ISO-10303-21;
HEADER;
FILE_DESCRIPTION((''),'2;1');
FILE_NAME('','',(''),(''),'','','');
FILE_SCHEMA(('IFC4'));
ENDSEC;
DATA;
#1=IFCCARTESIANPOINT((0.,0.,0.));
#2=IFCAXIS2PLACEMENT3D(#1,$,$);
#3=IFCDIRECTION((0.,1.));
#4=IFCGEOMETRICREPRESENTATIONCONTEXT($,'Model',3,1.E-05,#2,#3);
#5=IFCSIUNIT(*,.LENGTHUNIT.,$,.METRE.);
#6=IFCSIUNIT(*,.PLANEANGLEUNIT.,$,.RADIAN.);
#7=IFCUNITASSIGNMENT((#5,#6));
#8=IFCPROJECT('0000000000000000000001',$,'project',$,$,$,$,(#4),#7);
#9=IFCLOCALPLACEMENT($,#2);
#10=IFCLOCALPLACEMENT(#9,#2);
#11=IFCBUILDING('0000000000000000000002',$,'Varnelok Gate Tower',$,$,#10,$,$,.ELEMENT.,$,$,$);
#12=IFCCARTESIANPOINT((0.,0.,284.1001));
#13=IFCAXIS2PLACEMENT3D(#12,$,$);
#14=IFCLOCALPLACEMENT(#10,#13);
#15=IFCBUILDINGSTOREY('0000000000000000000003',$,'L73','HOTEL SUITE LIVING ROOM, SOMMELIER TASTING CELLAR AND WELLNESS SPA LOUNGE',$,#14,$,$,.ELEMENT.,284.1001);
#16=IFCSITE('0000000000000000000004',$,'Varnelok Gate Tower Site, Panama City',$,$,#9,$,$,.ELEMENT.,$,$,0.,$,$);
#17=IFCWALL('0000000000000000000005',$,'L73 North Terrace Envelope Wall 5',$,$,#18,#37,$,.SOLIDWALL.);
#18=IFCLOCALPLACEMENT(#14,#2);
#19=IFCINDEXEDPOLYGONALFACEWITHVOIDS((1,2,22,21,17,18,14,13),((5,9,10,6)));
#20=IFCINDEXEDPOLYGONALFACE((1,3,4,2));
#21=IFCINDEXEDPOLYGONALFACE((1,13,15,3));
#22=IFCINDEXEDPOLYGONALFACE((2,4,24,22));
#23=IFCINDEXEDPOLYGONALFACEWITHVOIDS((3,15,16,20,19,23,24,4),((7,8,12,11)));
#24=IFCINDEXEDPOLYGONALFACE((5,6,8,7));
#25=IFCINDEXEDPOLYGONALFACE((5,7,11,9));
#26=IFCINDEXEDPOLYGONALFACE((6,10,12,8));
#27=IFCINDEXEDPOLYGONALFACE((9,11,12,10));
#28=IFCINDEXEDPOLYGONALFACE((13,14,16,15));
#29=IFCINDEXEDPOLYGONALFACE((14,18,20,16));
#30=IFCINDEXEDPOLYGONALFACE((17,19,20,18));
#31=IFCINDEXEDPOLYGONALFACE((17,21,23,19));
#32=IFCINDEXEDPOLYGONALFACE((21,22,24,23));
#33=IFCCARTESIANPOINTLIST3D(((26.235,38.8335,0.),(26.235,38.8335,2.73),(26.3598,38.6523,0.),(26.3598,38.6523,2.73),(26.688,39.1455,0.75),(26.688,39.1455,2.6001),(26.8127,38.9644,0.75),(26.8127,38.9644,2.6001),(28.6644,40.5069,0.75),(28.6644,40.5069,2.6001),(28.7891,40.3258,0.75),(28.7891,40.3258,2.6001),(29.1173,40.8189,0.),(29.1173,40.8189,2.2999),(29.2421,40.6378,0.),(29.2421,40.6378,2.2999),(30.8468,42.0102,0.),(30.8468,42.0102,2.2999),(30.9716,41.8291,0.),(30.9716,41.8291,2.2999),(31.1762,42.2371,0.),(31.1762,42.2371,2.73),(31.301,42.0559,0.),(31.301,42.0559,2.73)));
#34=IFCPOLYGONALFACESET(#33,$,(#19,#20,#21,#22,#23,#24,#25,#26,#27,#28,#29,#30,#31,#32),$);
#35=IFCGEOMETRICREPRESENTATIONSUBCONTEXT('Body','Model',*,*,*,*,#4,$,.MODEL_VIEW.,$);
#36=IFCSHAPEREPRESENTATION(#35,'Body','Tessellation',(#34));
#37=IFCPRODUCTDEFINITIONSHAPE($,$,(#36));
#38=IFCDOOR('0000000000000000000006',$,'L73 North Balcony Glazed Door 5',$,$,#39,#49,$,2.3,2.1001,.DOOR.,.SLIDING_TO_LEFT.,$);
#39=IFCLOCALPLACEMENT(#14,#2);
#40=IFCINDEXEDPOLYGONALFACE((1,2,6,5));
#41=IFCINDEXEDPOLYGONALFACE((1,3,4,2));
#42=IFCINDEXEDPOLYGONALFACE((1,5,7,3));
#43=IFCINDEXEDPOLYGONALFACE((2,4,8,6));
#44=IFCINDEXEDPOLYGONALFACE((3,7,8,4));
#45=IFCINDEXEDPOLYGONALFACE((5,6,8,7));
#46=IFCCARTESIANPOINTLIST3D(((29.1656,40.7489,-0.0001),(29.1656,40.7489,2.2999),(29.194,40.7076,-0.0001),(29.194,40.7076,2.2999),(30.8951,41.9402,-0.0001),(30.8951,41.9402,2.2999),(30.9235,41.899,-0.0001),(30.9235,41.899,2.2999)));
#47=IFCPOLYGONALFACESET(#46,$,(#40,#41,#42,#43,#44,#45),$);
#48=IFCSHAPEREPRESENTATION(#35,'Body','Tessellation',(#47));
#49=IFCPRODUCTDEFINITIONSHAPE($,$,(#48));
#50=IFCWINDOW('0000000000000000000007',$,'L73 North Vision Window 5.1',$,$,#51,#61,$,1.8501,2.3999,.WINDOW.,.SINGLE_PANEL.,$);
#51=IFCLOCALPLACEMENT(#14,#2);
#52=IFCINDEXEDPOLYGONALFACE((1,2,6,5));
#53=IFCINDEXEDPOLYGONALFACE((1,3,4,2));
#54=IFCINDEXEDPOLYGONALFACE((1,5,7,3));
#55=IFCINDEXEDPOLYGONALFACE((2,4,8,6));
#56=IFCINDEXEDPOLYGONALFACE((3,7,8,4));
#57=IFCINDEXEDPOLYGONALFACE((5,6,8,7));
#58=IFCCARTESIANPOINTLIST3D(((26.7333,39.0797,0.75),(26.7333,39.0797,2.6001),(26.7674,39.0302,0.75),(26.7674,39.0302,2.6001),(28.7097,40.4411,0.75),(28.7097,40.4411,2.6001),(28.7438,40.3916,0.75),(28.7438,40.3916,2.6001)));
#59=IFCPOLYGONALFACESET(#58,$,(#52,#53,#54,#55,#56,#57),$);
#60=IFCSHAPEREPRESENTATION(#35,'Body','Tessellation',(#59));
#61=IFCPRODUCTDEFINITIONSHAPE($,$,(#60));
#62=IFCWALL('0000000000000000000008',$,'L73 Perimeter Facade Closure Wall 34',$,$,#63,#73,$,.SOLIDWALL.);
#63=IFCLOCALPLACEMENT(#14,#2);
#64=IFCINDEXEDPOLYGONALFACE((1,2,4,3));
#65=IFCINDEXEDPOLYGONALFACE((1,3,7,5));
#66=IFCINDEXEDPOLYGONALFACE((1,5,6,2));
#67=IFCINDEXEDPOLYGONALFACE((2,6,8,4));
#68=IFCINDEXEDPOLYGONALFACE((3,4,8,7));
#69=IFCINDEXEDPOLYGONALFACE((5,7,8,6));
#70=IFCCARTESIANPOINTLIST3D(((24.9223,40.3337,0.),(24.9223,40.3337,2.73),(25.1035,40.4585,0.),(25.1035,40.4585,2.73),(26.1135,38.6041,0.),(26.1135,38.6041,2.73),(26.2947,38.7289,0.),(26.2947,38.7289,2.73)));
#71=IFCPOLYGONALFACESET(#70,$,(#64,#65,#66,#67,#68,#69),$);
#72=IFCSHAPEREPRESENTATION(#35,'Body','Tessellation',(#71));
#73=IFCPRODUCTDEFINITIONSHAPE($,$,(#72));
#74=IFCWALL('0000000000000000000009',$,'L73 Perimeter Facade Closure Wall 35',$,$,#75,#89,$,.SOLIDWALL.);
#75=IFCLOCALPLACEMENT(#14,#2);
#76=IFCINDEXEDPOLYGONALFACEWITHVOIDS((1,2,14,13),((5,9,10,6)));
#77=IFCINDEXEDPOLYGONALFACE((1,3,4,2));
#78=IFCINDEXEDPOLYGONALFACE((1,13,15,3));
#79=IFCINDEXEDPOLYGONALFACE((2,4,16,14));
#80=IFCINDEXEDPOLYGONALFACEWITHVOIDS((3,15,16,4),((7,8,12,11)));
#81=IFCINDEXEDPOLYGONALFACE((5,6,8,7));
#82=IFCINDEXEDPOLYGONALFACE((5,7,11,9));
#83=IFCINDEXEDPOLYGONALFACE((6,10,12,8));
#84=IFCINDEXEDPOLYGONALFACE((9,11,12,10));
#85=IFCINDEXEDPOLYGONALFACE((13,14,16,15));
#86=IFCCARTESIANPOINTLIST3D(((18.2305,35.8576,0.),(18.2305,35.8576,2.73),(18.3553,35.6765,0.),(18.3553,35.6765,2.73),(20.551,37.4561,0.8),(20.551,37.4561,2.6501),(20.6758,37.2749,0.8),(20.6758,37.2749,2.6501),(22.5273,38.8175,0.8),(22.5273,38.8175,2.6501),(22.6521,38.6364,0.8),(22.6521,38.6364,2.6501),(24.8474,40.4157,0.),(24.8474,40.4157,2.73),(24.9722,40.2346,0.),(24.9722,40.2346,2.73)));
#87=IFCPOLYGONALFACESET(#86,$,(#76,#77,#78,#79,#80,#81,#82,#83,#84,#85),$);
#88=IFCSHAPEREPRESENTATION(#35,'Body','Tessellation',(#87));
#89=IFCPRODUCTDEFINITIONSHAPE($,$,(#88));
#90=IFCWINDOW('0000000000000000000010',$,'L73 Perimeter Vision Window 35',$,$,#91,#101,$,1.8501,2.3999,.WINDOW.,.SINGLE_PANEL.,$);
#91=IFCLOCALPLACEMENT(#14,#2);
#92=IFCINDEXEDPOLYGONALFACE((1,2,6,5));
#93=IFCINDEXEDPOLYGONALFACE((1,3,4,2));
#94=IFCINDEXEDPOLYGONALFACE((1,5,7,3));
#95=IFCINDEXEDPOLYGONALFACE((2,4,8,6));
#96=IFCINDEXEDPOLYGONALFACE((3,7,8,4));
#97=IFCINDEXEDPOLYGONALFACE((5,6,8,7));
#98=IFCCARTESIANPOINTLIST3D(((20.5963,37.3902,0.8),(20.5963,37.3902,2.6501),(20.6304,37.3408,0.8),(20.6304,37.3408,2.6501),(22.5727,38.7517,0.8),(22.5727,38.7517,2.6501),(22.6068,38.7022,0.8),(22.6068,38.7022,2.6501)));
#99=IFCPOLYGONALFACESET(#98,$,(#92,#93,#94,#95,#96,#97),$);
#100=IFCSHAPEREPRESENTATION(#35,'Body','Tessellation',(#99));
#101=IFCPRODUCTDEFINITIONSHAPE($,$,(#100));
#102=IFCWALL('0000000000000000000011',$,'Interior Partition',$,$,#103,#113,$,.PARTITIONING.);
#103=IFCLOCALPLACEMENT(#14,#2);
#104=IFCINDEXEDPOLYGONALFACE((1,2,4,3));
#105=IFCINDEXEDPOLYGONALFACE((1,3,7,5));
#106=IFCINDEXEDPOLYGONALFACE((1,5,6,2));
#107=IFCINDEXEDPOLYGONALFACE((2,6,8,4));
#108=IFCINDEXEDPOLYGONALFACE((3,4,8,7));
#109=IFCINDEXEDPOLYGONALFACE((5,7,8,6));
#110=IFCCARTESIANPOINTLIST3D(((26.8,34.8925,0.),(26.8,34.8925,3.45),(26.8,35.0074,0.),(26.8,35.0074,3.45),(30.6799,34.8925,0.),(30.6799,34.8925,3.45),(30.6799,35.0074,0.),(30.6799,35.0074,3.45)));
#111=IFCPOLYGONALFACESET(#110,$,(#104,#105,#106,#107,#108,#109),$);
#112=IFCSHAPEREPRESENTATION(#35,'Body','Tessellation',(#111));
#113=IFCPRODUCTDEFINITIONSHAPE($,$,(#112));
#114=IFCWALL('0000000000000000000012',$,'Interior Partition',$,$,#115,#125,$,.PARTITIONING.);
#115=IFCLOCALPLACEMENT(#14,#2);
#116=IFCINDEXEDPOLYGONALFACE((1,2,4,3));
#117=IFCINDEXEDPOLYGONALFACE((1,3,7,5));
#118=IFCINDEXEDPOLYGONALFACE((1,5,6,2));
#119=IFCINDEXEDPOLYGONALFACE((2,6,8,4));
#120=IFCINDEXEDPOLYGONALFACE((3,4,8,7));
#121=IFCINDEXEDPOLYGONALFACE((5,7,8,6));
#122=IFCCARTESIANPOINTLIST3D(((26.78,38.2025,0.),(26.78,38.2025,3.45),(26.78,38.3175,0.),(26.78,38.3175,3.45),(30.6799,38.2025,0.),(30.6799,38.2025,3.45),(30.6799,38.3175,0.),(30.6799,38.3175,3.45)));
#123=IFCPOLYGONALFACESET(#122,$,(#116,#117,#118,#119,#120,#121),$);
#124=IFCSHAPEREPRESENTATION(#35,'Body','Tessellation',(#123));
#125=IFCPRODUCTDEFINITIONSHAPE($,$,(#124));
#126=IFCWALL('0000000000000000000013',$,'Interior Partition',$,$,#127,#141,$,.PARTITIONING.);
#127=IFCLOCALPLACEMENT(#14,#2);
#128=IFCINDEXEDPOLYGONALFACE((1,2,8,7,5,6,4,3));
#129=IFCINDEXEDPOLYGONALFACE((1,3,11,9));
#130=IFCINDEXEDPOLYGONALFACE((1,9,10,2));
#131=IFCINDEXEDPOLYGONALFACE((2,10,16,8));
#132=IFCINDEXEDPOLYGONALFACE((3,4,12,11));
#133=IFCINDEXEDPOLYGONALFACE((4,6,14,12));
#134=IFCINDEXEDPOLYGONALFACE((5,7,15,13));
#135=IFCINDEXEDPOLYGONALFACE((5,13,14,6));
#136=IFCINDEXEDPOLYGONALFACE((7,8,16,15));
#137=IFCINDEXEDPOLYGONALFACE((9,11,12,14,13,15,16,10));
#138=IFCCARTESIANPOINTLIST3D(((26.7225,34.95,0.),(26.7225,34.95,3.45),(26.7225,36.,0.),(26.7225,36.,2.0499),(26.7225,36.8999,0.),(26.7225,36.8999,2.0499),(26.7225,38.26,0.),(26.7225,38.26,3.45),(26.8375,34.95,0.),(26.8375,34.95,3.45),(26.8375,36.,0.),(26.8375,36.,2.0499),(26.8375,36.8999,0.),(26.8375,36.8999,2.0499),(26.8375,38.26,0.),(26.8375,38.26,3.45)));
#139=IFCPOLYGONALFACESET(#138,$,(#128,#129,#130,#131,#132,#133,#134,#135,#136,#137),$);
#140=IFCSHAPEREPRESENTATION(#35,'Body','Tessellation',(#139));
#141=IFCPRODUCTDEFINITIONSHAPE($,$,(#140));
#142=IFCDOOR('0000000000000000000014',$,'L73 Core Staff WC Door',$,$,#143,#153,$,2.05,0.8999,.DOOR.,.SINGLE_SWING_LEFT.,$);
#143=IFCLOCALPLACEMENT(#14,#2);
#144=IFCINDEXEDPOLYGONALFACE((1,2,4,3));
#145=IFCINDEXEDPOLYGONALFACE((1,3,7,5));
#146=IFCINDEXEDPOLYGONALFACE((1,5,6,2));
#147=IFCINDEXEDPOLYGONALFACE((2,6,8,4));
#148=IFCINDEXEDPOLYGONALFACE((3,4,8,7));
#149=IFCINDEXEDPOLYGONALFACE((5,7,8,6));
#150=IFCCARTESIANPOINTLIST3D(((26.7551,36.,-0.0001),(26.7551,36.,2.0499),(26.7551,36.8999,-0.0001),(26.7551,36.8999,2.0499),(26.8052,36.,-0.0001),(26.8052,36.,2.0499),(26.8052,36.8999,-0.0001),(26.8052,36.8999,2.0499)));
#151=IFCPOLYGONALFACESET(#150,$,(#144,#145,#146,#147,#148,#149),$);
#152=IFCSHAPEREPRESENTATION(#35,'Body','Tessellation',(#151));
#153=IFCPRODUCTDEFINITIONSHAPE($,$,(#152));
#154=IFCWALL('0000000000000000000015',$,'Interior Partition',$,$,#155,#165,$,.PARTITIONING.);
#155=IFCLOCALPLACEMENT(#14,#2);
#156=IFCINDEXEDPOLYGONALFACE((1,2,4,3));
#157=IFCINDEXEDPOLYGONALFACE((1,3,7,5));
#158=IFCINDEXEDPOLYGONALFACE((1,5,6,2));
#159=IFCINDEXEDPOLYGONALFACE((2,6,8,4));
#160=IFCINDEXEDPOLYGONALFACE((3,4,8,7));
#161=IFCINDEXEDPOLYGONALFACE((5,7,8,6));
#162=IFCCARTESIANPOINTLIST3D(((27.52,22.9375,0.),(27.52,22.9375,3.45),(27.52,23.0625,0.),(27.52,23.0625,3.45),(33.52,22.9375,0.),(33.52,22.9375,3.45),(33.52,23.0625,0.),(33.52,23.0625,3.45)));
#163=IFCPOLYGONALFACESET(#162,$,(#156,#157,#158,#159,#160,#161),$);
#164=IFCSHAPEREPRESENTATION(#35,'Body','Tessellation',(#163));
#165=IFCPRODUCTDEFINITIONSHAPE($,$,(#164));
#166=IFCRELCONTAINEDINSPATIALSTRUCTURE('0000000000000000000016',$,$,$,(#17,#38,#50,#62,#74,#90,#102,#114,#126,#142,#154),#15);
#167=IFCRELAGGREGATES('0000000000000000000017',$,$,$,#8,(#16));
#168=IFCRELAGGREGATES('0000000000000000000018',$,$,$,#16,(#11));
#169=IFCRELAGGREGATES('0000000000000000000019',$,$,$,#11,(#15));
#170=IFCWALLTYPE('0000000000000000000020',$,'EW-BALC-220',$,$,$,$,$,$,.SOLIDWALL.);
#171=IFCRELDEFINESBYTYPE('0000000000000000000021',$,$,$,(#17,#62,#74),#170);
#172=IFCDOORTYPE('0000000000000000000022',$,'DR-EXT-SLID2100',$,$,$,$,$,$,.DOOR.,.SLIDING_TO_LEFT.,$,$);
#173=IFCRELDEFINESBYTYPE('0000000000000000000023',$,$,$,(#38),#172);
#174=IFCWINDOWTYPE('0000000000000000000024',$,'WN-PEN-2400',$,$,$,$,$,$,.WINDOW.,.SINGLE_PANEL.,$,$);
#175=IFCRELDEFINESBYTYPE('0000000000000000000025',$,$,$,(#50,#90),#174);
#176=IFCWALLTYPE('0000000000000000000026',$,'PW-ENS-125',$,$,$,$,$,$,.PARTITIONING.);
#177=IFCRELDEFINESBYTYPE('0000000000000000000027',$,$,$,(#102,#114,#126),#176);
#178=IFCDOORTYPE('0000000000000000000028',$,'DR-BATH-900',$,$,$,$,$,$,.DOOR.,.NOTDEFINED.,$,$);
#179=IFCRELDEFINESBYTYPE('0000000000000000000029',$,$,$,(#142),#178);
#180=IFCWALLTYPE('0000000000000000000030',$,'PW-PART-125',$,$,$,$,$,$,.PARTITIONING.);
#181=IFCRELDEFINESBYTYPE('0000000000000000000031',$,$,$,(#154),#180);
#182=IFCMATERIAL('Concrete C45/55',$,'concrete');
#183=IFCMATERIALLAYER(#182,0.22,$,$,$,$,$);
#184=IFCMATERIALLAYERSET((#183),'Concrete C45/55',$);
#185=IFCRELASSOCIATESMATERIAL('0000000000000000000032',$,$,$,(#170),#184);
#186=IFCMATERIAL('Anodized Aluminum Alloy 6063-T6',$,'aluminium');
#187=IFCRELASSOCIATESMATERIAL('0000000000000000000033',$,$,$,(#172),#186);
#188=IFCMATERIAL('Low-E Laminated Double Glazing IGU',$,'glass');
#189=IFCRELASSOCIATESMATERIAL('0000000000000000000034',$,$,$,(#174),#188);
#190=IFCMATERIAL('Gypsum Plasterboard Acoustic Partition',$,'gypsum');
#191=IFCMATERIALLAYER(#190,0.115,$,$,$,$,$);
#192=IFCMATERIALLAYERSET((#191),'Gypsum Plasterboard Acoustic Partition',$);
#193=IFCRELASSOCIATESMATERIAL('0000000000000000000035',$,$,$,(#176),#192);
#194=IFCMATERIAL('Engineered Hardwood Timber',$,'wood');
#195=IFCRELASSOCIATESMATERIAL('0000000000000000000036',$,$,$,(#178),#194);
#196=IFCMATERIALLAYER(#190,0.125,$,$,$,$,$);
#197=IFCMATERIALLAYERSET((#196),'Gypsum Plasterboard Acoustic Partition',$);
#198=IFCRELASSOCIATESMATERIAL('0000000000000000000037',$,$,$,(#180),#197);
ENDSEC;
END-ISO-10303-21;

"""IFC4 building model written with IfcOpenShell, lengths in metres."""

from ifc_helpers import new_model, si_unit, direction, frame, frame_2d, origin, place, context, subcontext, project, spatial, rectangle, extrude, material, layer, layer_set, type_object, element, fill, save


model = new_model("IFC4")

# Units and contexts
model_context = context("Model", 3, precision=1e-05, world=origin(), true_north=direction((0.0, 1.0)))
body_context = subcontext(model_context, "Body", "Model", "MODEL_VIEW")
ifc_project = project(units=[si_unit("LENGTHUNIT", "METRE"), si_unit("PLANEANGLEUNIT", "RADIAN")], contexts=[model_context])

# Site, building, storey
site_placement = place(None, origin())
site = spatial("IfcSite", under=ifc_project, at=site_placement, Name="Varnelok Gate Tower Site, Panama City", CompositionType="ELEMENT", RefElevation=0.0)
building_placement = place(site_placement, origin())
building = spatial("IfcBuilding", under=site, at=building_placement, Name="Varnelok Gate Tower", CompositionType="ELEMENT")
storey_placement = place(building_placement, frame((0.0, 0.0, 284.1001)))
storey = spatial("IfcBuildingStorey", under=building, at=storey_placement, Name="L73", Description="HOTEL SUITE LIVING ROOM, SOMMELIER TASTING CELLAR AND WELLNESS SPA LOUNGE", CompositionType="ELEMENT", Elevation=284.1001)

# Wall, openings, door, window
ifc_material_1 = material(Name="Concrete C45/55", Category="concrete")
ifc_layer_1 = layer(ifc_material_1, 0.22)
ifc_layer_set_1 = layer_set([ifc_layer_1], Name="Concrete C45/55")
wall_type_1 = type_object("IfcWallType", Name="EW-BALC-220", PredefinedType="SOLIDWALL", material=ifc_layer_set_1)
wall_1_placement = place(storey_placement, frame((26.2974, 38.7429, 0.0), z_axis=(0.0, 0.0, 1.0), x_axis=(0.823535, 0.567266, 0.0)))
wall_1 = element("IfcWall", 1, at=wall_1_placement, inside=storey, type_object=wall_type_1, Name="L73 North Terrace Envelope Wall 5", PredefinedType="SOLIDWALL", context=body_context, shape_type="SweptSolid", body=[
    extrude(rectangle(XDim=6.0, YDim=0.22, at=frame_2d((3.0, 0.0))), origin(), (0.0, 0.0, 1.0), 2.73),
])
opening_1_placement = place(wall_1_placement, frame((3.5, 0.0, 0.0)))
opening_1 = element("IfcOpeningElement", 2, at=opening_1_placement, cuts=wall_1, PredefinedType="OPENING", context=body_context, shape_type="SweptSolid", body=[
    extrude(rectangle(XDim=2.1001, YDim=2.3, at=frame_2d((1.05, 1.1499))), frame((0.0, 0.1199, 0.0), z_axis=(0.0, -1.0, 0.0), x_axis=(1.0, 0.0, 0.0)), (0.0, 0.0, 1.0), 0.24),
])
opening_2_placement = place(wall_1_placement, frame((0.55, 0.0, 0.75)))
opening_2 = element("IfcOpeningElement", 3, at=opening_2_placement, cuts=wall_1, PredefinedType="OPENING", context=body_context, shape_type="SweptSolid", body=[
    extrude(rectangle(XDim=2.3999, YDim=1.8501, at=frame_2d((1.2, 0.925))), frame((0.0, 0.1199, 0.0), z_axis=(0.0, -1.0, 0.0), x_axis=(1.0, 0.0, 0.0)), (0.0, 0.0, 1.0), 0.24),
])
ifc_material_2 = material(Name="Anodized Aluminum Alloy 6063-T6", Category="aluminium")
door_type_1 = type_object("IfcDoorType", Name="DR-EXT-SLID2100", OperationType="SLIDING_TO_LEFT", PredefinedType="DOOR", material=ifc_material_2)
door_1_placement = place(opening_1_placement, origin())
door_1 = element("IfcDoor", 4, at=door_1_placement, inside=storey, type_object=door_type_1, Name="L73 North Balcony Glazed Door 5", OperationType="SLIDING_TO_LEFT", OverallHeight=2.3, OverallWidth=2.1001, PredefinedType="DOOR", context=body_context, shape_type="SweptSolid", body=[
    extrude(rectangle(XDim=2.1001, YDim=2.3, at=frame_2d((1.05, 1.1499))), frame((0.0, 0.0249, 0.0), z_axis=(0.0, -1.0, 0.0), x_axis=(1.0, 0.0, 0.0)), (0.0, 0.0, 1.0), 0.05),
])
fill(opening_1, door_1)
ifc_material_3 = material(Name="Low-E Laminated Double Glazing IGU", Category="glass")
window_type = type_object("IfcWindowType", Name="WN-PEN-2400", PartitioningType="SINGLE_PANEL", PredefinedType="WINDOW", material=ifc_material_3)
window_1_placement = place(opening_2_placement, origin())
window_1 = element("IfcWindow", 5, at=window_1_placement, inside=storey, type_object=window_type, Name="L73 North Vision Window 5.1", OverallHeight=1.8501, OverallWidth=2.3999, PartitioningType="SINGLE_PANEL", PredefinedType="WINDOW", context=body_context, shape_type="SweptSolid", body=[
    extrude(rectangle(XDim=2.3999, YDim=1.8501, at=frame_2d((1.2, 0.925))), frame((0.0, 0.03, 0.0), z_axis=(0.0, -1.0, 0.0), x_axis=(1.0, 0.0, 0.0)), (0.0, 0.0, 1.0), 0.0601),
])
fill(opening_2, window_1)

# Wall
wall_2_placement = place(storey_placement, frame((26.2041, 38.6665, 0.0), z_axis=(0.0, 0.0, 1.0), x_axis=(-0.567219, 0.823567, 0.0)))
element("IfcWall", 6, at=wall_2_placement, inside=storey, type_object=wall_type_1, Name="L73 Perimeter Facade Closure Wall 34", PredefinedType="SOLIDWALL", context=body_context, shape_type="SweptSolid", body=[
    extrude(rectangle(XDim=2.1001, YDim=0.22, at=frame_2d((1.05, 0.0))), origin(), (0.0, 0.0, 1.0), 2.73),
])

# Wall, opening, window
wall_3_placement = place(storey_placement, frame((24.9099, 40.3252, 0.0), z_axis=(0.0, 0.0, 1.0), x_axis=(-0.823521, -0.567286, 0.0)))
wall_3 = element("IfcWall", 7, at=wall_3_placement, inside=storey, type_object=wall_type_1, Name="L73 Perimeter Facade Closure Wall 35", PredefinedType="SOLIDWALL", context=body_context, shape_type="SweptSolid", body=[
    extrude(rectangle(XDim=8.0349, YDim=0.22, at=frame_2d((4.0176, 0.0))), origin(), (0.0, 0.0, 1.0), 2.73),
])
opening_3_placement = place(wall_3_placement, frame((2.8174, 0.0, 0.8)))
opening_3 = element("IfcOpeningElement", 8, at=opening_3_placement, cuts=wall_3, PredefinedType="OPENING", context=body_context, shape_type="SweptSolid", body=[
    extrude(rectangle(XDim=2.3999, YDim=1.8501, at=frame_2d((1.2, 0.925))), frame((0.0, 0.1199, 0.0), z_axis=(0.0, -1.0, 0.0), x_axis=(1.0, 0.0, 0.0)), (0.0, 0.0, 1.0), 0.24),
])
window_2_placement = place(opening_3_placement, origin())
window_2 = element("IfcWindow", 9, at=window_2_placement, inside=storey, type_object=window_type, Name="L73 Perimeter Vision Window 35", OverallHeight=1.8501, OverallWidth=2.3999, PartitioningType="SINGLE_PANEL", PredefinedType="WINDOW", context=body_context, shape_type="SweptSolid", body=[
    extrude(rectangle(XDim=2.3999, YDim=1.8501, at=frame_2d((1.2, 0.925))), frame((0.0, 0.03, 0.0), z_axis=(0.0, -1.0, 0.0), x_axis=(1.0, 0.0, 0.0)), (0.0, 0.0, 1.0), 0.0601),
])
fill(opening_3, window_2)

# Walls
ifc_material_4 = material(Name="Gypsum Plasterboard Acoustic Partition", Category="gypsum")
ifc_layer_2 = layer(ifc_material_4, 0.115)
ifc_layer_set_2 = layer_set([ifc_layer_2], Name="Gypsum Plasterboard Acoustic Partition")
wall_type_2 = type_object("IfcWallType", Name="PW-ENS-125", PredefinedType="PARTITIONING", material=ifc_layer_set_2)
wall_4_placement = place(storey_placement, frame((26.8, 34.95, 0.0), z_axis=(0.0, 0.0, 1.0), x_axis=(1.0, 0.0, 0.0)))
element("IfcWall", 10, at=wall_4_placement, inside=storey, type_object=wall_type_2, Name="Interior Partition", PredefinedType="PARTITIONING", context=body_context, shape_type="SweptSolid", body=[
    extrude(rectangle(XDim=3.8799, YDim=0.115, at=frame_2d((1.9399, 0.0))), origin(), (0.0, 0.0, 1.0), 3.45),
])
wall_5_placement = place(storey_placement, frame((26.78, 38.26, 0.0), z_axis=(0.0, 0.0, 1.0), x_axis=(1.0, 0.0, 0.0)))
element("IfcWall", 11, at=wall_5_placement, inside=storey, type_object=wall_type_2, Name="Interior Partition", PredefinedType="PARTITIONING", context=body_context, shape_type="SweptSolid", body=[
    extrude(rectangle(XDim=3.8999, YDim=0.115, at=frame_2d((1.95, 0.0))), origin(), (0.0, 0.0, 1.0), 3.45),
])

# Wall, opening, door
wall_6_placement = place(storey_placement, frame((26.78, 34.95, 0.0), z_axis=(0.0, 0.0, 1.0), x_axis=(0.0, 1.0, 0.0)))
wall_6 = element("IfcWall", 12, at=wall_6_placement, inside=storey, type_object=wall_type_2, Name="Interior Partition", PredefinedType="PARTITIONING", context=body_context, shape_type="SweptSolid", body=[
    extrude(rectangle(XDim=3.3101, YDim=0.115, at=frame_2d((1.655, 0.0))), origin(), (0.0, 0.0, 1.0), 3.45),
])
opening_4_placement = place(wall_6_placement, frame((1.05, 0.0, 0.0)))
opening_4 = element("IfcOpeningElement", 13, at=opening_4_placement, cuts=wall_6, PredefinedType="OPENING", context=body_context, shape_type="SweptSolid", body=[
    extrude(rectangle(XDim=0.8999, YDim=2.05, at=frame_2d((0.45, 1.0249))), frame((0.0, 0.0674, 0.0), z_axis=(0.0, -1.0, 0.0), x_axis=(1.0, 0.0, 0.0)), (0.0, 0.0, 1.0), 0.135),
])
ifc_material_5 = material(Name="Engineered Hardwood Timber", Category="wood")
door_type_2 = type_object("IfcDoorType", Name="DR-BATH-900", OperationType="NOTDEFINED", PredefinedType="DOOR", material=ifc_material_5)
door_2_placement = place(opening_4_placement, origin())
door_2 = element("IfcDoor", 14, at=door_2_placement, inside=storey, type_object=door_type_2, Name="L73 Core Staff WC Door", OperationType="SINGLE_SWING_LEFT", OverallHeight=2.05, OverallWidth=0.8999, PredefinedType="DOOR", context=body_context, shape_type="SweptSolid", body=[
    extrude(rectangle(XDim=0.8999, YDim=2.05, at=frame_2d((0.45, 1.0249))), frame((0.0, 0.0249, 0.0), z_axis=(0.0, -1.0, 0.0), x_axis=(1.0, 0.0, 0.0)), (0.0, 0.0, 1.0), 0.05),
])
fill(opening_4, door_2)

# Wall
ifc_layer_3 = layer(ifc_material_4, 0.125)
ifc_layer_set_3 = layer_set([ifc_layer_3], Name="Gypsum Plasterboard Acoustic Partition")
wall_type_3 = type_object("IfcWallType", Name="PW-PART-125", PredefinedType="PARTITIONING", material=ifc_layer_set_3)
wall_7_placement = place(storey_placement, frame((27.52, 23.0, 0.0), z_axis=(0.0, 0.0, 1.0), x_axis=(1.0, 0.0, 0.0)))
element("IfcWall", 15, at=wall_7_placement, inside=storey, type_object=wall_type_3, Name="Interior Partition", PredefinedType="PARTITIONING", context=body_context, shape_type="SweptSolid", body=[
    extrude(rectangle(XDim=6.0, YDim=0.125, at=frame_2d((3.0, 0.0))), origin(), (0.0, 0.0, 1.0), 3.45),
])

save(model, "model.ifc")
